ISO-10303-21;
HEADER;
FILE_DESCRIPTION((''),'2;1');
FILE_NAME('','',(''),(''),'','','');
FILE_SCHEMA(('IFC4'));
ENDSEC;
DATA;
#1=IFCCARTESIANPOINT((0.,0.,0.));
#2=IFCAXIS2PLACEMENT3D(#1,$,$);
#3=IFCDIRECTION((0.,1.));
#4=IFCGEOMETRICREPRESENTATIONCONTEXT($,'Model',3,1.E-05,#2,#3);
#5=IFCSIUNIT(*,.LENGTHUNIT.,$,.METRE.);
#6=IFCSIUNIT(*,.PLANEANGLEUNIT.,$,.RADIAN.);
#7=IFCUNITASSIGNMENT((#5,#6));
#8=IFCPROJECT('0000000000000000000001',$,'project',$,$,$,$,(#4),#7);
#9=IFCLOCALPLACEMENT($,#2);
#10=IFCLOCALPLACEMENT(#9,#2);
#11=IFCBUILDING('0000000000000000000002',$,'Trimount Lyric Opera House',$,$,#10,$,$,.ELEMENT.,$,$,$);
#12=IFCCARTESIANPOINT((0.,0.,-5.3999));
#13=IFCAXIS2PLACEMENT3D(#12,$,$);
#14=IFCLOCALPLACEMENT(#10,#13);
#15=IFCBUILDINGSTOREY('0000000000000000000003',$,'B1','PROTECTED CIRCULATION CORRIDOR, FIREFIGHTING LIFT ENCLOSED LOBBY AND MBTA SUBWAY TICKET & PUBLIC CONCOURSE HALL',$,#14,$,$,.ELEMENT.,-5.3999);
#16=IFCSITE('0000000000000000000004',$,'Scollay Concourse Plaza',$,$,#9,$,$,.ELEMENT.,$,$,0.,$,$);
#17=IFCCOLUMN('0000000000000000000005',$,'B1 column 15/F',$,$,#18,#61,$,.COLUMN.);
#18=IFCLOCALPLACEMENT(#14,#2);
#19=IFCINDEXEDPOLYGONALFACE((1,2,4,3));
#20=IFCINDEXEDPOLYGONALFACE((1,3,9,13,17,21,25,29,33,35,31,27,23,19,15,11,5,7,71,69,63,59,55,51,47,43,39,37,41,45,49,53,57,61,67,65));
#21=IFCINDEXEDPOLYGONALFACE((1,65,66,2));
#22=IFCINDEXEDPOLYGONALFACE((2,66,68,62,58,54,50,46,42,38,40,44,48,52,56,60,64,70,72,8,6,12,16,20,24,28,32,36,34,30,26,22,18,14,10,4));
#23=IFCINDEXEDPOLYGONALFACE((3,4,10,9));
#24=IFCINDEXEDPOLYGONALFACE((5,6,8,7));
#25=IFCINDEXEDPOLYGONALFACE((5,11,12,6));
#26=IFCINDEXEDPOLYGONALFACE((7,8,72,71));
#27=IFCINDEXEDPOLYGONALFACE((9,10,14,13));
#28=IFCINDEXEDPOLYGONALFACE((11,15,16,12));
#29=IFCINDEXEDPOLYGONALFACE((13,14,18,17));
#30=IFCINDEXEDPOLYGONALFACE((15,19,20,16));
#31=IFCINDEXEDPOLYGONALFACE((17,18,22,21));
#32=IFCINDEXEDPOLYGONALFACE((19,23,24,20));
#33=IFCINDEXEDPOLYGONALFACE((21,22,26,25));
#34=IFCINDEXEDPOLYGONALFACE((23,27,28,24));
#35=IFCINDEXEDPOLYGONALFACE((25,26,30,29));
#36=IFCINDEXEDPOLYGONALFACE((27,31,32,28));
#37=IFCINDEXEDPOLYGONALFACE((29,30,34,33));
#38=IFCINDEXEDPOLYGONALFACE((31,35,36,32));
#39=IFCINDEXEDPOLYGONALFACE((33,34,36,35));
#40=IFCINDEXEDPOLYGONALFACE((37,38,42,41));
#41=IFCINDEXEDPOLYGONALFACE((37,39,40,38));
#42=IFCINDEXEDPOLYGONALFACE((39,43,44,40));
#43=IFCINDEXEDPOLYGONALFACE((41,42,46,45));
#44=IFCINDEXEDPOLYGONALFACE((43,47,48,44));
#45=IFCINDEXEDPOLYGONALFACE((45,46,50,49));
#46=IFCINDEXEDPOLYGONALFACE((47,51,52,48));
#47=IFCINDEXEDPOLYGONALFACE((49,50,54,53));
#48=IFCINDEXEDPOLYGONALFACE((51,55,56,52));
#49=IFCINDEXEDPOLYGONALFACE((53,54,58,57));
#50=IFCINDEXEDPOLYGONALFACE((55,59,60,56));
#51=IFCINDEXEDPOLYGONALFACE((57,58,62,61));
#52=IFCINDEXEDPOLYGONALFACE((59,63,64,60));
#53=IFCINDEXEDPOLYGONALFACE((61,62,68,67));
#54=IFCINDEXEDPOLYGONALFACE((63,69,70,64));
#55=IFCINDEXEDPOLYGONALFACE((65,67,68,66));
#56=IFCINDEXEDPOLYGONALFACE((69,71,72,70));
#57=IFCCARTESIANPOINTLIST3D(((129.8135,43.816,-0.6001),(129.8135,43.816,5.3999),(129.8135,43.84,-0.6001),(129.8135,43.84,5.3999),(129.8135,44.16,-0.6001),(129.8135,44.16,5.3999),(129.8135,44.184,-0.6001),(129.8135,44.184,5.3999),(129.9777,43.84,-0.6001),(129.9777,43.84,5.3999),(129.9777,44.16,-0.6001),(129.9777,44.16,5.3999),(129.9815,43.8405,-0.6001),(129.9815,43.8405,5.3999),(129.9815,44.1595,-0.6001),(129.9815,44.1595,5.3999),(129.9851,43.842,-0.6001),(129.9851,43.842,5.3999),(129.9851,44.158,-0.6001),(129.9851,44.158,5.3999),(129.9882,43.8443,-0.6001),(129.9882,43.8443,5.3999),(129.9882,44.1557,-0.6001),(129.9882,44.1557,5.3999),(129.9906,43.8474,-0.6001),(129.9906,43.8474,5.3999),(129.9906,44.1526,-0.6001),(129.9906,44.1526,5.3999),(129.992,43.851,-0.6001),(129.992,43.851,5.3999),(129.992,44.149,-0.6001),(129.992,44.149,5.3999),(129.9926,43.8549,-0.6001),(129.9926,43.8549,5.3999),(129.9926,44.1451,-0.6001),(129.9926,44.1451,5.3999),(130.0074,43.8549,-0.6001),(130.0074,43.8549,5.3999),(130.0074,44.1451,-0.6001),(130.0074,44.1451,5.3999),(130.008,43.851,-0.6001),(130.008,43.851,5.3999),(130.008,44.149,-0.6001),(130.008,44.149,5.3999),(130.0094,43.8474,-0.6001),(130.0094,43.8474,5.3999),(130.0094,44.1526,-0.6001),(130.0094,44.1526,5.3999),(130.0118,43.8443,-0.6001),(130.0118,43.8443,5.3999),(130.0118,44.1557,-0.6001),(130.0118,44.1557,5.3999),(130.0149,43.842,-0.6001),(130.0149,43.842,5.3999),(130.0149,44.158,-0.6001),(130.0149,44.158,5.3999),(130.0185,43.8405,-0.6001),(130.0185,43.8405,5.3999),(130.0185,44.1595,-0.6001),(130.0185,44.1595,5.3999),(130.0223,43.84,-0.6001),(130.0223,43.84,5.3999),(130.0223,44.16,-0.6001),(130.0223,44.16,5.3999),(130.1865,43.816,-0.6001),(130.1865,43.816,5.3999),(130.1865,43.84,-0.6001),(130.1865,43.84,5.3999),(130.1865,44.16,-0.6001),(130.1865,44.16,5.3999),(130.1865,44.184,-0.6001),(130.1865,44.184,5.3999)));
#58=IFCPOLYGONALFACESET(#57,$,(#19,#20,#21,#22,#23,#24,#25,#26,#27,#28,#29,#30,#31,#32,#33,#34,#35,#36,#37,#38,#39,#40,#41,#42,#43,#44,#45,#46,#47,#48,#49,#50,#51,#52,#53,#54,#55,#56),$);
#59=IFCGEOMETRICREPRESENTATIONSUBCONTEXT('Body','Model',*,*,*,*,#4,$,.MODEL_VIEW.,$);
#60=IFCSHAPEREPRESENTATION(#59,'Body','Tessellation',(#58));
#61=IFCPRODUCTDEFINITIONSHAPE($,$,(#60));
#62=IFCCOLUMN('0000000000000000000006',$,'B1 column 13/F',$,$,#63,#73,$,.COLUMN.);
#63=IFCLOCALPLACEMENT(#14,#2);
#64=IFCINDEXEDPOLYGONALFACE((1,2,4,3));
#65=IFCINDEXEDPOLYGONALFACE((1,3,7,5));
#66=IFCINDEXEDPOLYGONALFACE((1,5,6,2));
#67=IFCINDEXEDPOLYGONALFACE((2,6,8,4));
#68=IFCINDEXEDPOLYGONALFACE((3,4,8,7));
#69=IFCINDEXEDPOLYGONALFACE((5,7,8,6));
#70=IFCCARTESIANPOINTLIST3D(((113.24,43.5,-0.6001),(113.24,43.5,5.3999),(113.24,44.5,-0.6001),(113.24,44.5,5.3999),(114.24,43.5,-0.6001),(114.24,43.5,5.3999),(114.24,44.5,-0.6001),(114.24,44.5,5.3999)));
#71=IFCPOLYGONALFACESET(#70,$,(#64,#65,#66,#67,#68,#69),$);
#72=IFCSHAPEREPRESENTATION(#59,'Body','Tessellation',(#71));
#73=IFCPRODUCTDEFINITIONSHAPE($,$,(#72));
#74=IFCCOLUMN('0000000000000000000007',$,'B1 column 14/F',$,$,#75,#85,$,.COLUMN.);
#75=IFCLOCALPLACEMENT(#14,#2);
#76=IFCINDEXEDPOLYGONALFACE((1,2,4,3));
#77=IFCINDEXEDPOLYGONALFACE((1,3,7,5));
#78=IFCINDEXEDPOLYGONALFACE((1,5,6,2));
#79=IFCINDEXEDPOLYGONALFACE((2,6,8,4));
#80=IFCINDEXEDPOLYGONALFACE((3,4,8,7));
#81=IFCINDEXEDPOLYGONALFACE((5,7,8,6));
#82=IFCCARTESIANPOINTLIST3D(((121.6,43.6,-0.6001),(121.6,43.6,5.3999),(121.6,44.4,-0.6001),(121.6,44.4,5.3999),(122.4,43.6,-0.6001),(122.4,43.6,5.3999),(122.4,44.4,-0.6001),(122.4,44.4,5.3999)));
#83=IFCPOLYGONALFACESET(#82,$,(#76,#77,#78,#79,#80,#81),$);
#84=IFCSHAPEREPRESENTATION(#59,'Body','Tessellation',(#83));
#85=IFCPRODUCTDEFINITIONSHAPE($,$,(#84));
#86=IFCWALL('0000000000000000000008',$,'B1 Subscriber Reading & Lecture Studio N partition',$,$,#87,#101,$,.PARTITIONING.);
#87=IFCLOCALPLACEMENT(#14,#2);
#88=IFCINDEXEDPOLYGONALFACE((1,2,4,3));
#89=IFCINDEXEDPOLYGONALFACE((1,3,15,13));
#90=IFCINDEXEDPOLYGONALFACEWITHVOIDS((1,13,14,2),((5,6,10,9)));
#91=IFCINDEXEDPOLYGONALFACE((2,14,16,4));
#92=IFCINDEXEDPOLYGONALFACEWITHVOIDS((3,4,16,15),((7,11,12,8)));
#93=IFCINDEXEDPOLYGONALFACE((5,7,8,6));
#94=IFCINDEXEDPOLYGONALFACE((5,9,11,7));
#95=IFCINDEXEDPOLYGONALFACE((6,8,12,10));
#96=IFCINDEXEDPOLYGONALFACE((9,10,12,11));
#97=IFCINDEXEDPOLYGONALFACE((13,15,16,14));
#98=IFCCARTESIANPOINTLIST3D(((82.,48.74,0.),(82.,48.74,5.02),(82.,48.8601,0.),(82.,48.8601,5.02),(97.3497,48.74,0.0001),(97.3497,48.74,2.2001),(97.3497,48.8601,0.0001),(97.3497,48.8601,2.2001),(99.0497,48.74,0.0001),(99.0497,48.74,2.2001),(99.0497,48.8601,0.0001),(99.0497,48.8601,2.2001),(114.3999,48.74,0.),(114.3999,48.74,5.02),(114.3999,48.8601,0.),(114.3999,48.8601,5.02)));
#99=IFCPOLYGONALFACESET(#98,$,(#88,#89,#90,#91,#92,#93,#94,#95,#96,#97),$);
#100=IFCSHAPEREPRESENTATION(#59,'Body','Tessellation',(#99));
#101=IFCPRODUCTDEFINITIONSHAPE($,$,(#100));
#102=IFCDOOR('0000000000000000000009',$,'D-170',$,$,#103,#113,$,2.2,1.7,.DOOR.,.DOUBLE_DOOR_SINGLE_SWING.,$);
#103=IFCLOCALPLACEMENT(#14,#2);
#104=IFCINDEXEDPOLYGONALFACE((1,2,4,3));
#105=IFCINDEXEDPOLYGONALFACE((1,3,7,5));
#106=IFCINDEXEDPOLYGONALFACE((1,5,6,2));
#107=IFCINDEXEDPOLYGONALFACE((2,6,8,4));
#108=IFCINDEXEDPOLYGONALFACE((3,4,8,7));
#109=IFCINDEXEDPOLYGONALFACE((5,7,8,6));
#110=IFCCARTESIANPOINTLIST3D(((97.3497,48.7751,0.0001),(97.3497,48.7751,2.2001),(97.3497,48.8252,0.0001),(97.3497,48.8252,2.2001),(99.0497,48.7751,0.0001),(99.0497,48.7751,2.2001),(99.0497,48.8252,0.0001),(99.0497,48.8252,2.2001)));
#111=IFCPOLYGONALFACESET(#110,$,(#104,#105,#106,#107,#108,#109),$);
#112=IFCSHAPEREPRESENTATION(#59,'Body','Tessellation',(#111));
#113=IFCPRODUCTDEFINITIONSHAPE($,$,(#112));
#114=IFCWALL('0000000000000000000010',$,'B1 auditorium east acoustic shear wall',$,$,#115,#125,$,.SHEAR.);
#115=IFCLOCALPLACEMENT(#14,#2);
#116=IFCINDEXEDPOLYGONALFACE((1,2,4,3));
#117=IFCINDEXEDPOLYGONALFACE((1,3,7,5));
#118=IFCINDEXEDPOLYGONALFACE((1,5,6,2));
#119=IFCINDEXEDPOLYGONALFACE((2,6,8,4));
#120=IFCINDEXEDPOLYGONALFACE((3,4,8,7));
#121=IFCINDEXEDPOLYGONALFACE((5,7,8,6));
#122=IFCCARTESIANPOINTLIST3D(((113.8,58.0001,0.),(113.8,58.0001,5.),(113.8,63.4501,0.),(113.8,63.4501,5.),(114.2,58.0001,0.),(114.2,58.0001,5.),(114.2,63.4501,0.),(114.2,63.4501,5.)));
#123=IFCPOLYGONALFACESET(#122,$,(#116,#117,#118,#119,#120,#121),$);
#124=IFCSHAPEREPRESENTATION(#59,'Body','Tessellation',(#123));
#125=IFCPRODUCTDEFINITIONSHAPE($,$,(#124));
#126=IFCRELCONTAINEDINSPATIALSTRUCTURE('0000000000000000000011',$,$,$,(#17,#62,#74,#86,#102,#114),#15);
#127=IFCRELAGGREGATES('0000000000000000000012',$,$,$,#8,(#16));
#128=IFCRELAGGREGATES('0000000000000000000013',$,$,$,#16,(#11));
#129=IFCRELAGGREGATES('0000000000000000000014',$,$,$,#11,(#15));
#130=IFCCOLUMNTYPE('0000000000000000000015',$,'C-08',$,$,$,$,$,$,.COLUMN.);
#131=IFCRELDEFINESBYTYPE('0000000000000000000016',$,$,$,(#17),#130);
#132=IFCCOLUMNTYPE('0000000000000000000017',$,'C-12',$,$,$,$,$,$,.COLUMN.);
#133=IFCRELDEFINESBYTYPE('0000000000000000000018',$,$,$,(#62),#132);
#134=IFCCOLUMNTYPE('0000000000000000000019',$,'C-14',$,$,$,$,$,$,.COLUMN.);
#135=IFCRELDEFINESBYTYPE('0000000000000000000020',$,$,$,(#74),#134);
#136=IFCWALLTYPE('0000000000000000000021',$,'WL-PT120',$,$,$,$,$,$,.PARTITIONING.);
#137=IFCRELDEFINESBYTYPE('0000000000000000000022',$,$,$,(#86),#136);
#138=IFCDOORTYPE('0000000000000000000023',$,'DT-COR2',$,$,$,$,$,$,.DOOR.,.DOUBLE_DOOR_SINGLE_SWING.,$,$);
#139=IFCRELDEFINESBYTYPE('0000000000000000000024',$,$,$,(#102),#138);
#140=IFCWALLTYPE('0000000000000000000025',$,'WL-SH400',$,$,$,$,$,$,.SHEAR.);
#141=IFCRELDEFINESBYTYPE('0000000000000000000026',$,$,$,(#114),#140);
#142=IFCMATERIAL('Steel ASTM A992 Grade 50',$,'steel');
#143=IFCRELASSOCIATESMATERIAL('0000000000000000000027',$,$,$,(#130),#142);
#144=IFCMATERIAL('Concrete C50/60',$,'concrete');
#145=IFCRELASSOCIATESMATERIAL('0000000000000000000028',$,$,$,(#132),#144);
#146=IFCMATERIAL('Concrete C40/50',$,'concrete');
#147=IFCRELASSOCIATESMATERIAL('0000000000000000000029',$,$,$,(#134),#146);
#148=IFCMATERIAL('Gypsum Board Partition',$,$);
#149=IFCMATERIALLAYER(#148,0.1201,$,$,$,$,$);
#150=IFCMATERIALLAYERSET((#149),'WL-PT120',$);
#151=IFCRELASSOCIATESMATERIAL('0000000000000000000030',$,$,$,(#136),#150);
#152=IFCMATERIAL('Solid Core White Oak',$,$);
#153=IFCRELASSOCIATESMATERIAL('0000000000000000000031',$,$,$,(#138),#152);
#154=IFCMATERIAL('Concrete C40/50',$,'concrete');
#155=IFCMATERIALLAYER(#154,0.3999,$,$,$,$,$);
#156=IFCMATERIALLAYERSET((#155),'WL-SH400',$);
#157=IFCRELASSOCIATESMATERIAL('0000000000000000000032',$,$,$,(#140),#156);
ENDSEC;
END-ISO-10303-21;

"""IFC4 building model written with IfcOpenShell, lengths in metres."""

from ifc_helpers import new_model, si_unit, direction, frame, frame_2d, origin, origin_2d, place, context, subcontext, project, spatial, rectangle, i_section, extrude, material, layer, layer_set, material_profile, profile_set, type_object, element, fill, save


model = new_model("IFC4")

# Units and contexts
model_context = context("Model", 3, precision=1e-05, world=origin(), true_north=direction((0.0, 1.0)))
body_context = subcontext(model_context, "Body", "Model", "MODEL_VIEW")
ifc_project = project(units=[si_unit("LENGTHUNIT", "METRE"), si_unit("PLANEANGLEUNIT", "RADIAN")], contexts=[model_context])

# Site, building, storey
site_placement = place(None, origin())
site = spatial("IfcSite", under=ifc_project, at=site_placement, Name="Scollay Concourse Plaza", CompositionType="ELEMENT", RefElevation=0.0)
building_placement = place(site_placement, origin())
building = spatial("IfcBuilding", under=site, at=building_placement, Name="Trimount Lyric Opera House", CompositionType="ELEMENT")
storey_placement = place(building_placement, frame((0.0, 0.0, -5.3999)))
storey = spatial("IfcBuildingStorey", under=building, at=storey_placement, Name="B1", Description="PROTECTED CIRCULATION CORRIDOR, FIREFIGHTING LIFT ENCLOSED LOBBY AND MBTA SUBWAY TICKET & PUBLIC CONCOURSE HALL", CompositionType="ELEMENT", Elevation=-5.3999)

# Columns
ifc_material_1 = material(Name="Steel ASTM A992 Grade 50", Category="steel")
ifc_material_profile_1 = material_profile(ifc_material_1, i_section(OverallWidth=0.373, OverallDepth=0.3679, WebThickness=0.0149, FlangeThickness=0.0239, FilletRadius=0.0149, at=origin_2d()), Name="W14X120")
ifc_profile_set_1 = profile_set([ifc_material_profile_1], Name="Steel ASTM A992 Grade 50")
column_type_1 = type_object("IfcColumnType", Name="C-08", PredefinedType="COLUMN", material=ifc_profile_set_1)
for number, where, z_axis, x_axis, name in (
    (1, (130.0, 44.0, -0.6001), (0.0, 0.0, 1.0), (1.0, 0.0, 0.0), "B1 column 15/F"),
):
    element("IfcColumn", number, at=place(storey_placement, frame(where, z_axis=z_axis, x_axis=x_axis)), inside=storey, type_object=column_type_1, Name=name, PredefinedType="COLUMN", context=body_context, shape_type="SweptSolid", body=[
        extrude(i_section(OverallWidth=0.373, OverallDepth=0.3679, WebThickness=0.0149, FlangeThickness=0.0239, FilletRadius=0.0149, at=origin_2d()), origin(), (0.0, 0.0, 1.0), 6.0),
    ])
ifc_material_2 = material(Name="Concrete C50/60", Category="concrete")
ifc_material_profile_2 = material_profile(ifc_material_2, rectangle(XDim=1.0, YDim=1.0, at=origin_2d()), Name="RC1000X1000")
ifc_profile_set_2 = profile_set([ifc_material_profile_2], Name="Concrete C50/60")
column_type_2 = type_object("IfcColumnType", Name="C-12", PredefinedType="COLUMN", material=ifc_profile_set_2)
column_1_placement = place(storey_placement, frame((113.74, 44.0, -0.6001), z_axis=(0.0, 0.0, 1.0), x_axis=(1.0, 0.0, 0.0)))
element("IfcColumn", 2, at=column_1_placement, inside=storey, type_object=column_type_2, Name="B1 column 13/F", PredefinedType="COLUMN", context=body_context, shape_type="SweptSolid", body=[
    extrude(rectangle(XDim=1.0, YDim=1.0, at=origin_2d()), origin(), (0.0, 0.0, 1.0), 6.0),
])
ifc_material_3 = material(Name="Concrete C40/50", Category="concrete")
ifc_material_profile_3 = material_profile(ifc_material_3, rectangle(XDim=0.8, YDim=0.8, at=origin_2d()), Name="RC800X800")
ifc_profile_set_3 = profile_set([ifc_material_profile_3], Name="Concrete C40/50")
column_type_3 = type_object("IfcColumnType", Name="C-14", PredefinedType="COLUMN", material=ifc_profile_set_3)
column_2_placement = place(storey_placement, frame((122.0, 44.0, -0.6001), z_axis=(0.0, 0.0, 1.0), x_axis=(1.0, 0.0, 0.0)))
element("IfcColumn", 3, at=column_2_placement, inside=storey, type_object=column_type_3, Name="B1 column 14/F", PredefinedType="COLUMN", context=body_context, shape_type="SweptSolid", body=[
    extrude(rectangle(XDim=0.8, YDim=0.8, at=origin_2d()), origin(), (0.0, 0.0, 1.0), 6.0),
])

# Wall, opening, door
ifc_material_4 = material(Name="Gypsum Board Partition")
ifc_layer_1 = layer(ifc_material_4, 0.1201)
ifc_layer_set_1 = layer_set([ifc_layer_1], Name="WL-PT120")
wall_type_1 = type_object("IfcWallType", Name="WL-PT120", PredefinedType="PARTITIONING", material=ifc_layer_set_1)
wall_1_placement = place(storey_placement, frame((114.3999, 48.8, 0.0), z_axis=(0.0, 0.0, 1.0), x_axis=(-1.0, 0.0, 0.0)))
wall_1 = element("IfcWall", 4, at=wall_1_placement, inside=storey, type_object=wall_type_1, Name="B1 Subscriber Reading & Lecture Studio N partition", PredefinedType="PARTITIONING", context=body_context, shape_type="SweptSolid", body=[
    extrude(rectangle(XDim=32.3999, YDim=0.1201, at=frame_2d((16.2, 0.0))), origin(), (0.0, 0.0, 1.0), 5.02),
])
opening_placement = place(wall_1_placement, frame((15.3501, 0.0, 0.0)))
opening = element("IfcOpeningElement", 5, at=opening_placement, cuts=wall_1, PredefinedType="OPENING", context=body_context, shape_type="SweptSolid", body=[
    extrude(rectangle(XDim=1.7, YDim=2.2, at=frame_2d((0.8501, 1.1001))), frame((0.0, 0.0701, 0.0), z_axis=(0.0, -1.0, 0.0), x_axis=(1.0, 0.0, 0.0)), (0.0, 0.0, 1.0), 0.1401),
])
ifc_material_5 = material(Name="Solid Core White Oak")
door_type = type_object("IfcDoorType", Name="DT-COR2", OperationType="DOUBLE_DOOR_SINGLE_SWING", PredefinedType="DOOR", material=ifc_material_5)
door_placement = place(opening_placement, origin())
door = element("IfcDoor", 6, at=door_placement, inside=storey, type_object=door_type, Name="D-170", OperationType="DOUBLE_DOOR_SINGLE_SWING", OverallHeight=2.2, OverallWidth=1.7, PredefinedType="DOOR", context=body_context, shape_type="SweptSolid", body=[
    extrude(rectangle(XDim=1.7, YDim=2.2, at=frame_2d((0.8501, 1.1001))), frame((0.0, 0.0249, 0.0), z_axis=(0.0, -1.0, 0.0), x_axis=(1.0, 0.0, 0.0)), (0.0, 0.0, 1.0), 0.05),
])
fill(opening, door)

# Wall
ifc_material_6 = material(Name="Concrete C40/50", Category="concrete")
ifc_layer_2 = layer(ifc_material_6, 0.3999)
ifc_layer_set_2 = layer_set([ifc_layer_2], Name="WL-SH400")
wall_type_2 = type_object("IfcWallType", Name="WL-SH400", PredefinedType="SHEAR", material=ifc_layer_set_2)
wall_2_placement = place(storey_placement, frame((114.0, 58.0, 0.0), z_axis=(0.0, 0.0, 1.0), x_axis=(0.0, 1.0, 0.0)))
element("IfcWall", 7, at=wall_2_placement, inside=storey, type_object=wall_type_2, Name="B1 auditorium east acoustic shear wall", PredefinedType="SHEAR", context=body_context, shape_type="SweptSolid", body=[
    extrude(rectangle(XDim=5.45, YDim=0.3999, at=frame_2d((2.7251, 0.0))), origin(), (0.0, 0.0, 1.0), 5.0),
])

save(model, "model.ifc")
